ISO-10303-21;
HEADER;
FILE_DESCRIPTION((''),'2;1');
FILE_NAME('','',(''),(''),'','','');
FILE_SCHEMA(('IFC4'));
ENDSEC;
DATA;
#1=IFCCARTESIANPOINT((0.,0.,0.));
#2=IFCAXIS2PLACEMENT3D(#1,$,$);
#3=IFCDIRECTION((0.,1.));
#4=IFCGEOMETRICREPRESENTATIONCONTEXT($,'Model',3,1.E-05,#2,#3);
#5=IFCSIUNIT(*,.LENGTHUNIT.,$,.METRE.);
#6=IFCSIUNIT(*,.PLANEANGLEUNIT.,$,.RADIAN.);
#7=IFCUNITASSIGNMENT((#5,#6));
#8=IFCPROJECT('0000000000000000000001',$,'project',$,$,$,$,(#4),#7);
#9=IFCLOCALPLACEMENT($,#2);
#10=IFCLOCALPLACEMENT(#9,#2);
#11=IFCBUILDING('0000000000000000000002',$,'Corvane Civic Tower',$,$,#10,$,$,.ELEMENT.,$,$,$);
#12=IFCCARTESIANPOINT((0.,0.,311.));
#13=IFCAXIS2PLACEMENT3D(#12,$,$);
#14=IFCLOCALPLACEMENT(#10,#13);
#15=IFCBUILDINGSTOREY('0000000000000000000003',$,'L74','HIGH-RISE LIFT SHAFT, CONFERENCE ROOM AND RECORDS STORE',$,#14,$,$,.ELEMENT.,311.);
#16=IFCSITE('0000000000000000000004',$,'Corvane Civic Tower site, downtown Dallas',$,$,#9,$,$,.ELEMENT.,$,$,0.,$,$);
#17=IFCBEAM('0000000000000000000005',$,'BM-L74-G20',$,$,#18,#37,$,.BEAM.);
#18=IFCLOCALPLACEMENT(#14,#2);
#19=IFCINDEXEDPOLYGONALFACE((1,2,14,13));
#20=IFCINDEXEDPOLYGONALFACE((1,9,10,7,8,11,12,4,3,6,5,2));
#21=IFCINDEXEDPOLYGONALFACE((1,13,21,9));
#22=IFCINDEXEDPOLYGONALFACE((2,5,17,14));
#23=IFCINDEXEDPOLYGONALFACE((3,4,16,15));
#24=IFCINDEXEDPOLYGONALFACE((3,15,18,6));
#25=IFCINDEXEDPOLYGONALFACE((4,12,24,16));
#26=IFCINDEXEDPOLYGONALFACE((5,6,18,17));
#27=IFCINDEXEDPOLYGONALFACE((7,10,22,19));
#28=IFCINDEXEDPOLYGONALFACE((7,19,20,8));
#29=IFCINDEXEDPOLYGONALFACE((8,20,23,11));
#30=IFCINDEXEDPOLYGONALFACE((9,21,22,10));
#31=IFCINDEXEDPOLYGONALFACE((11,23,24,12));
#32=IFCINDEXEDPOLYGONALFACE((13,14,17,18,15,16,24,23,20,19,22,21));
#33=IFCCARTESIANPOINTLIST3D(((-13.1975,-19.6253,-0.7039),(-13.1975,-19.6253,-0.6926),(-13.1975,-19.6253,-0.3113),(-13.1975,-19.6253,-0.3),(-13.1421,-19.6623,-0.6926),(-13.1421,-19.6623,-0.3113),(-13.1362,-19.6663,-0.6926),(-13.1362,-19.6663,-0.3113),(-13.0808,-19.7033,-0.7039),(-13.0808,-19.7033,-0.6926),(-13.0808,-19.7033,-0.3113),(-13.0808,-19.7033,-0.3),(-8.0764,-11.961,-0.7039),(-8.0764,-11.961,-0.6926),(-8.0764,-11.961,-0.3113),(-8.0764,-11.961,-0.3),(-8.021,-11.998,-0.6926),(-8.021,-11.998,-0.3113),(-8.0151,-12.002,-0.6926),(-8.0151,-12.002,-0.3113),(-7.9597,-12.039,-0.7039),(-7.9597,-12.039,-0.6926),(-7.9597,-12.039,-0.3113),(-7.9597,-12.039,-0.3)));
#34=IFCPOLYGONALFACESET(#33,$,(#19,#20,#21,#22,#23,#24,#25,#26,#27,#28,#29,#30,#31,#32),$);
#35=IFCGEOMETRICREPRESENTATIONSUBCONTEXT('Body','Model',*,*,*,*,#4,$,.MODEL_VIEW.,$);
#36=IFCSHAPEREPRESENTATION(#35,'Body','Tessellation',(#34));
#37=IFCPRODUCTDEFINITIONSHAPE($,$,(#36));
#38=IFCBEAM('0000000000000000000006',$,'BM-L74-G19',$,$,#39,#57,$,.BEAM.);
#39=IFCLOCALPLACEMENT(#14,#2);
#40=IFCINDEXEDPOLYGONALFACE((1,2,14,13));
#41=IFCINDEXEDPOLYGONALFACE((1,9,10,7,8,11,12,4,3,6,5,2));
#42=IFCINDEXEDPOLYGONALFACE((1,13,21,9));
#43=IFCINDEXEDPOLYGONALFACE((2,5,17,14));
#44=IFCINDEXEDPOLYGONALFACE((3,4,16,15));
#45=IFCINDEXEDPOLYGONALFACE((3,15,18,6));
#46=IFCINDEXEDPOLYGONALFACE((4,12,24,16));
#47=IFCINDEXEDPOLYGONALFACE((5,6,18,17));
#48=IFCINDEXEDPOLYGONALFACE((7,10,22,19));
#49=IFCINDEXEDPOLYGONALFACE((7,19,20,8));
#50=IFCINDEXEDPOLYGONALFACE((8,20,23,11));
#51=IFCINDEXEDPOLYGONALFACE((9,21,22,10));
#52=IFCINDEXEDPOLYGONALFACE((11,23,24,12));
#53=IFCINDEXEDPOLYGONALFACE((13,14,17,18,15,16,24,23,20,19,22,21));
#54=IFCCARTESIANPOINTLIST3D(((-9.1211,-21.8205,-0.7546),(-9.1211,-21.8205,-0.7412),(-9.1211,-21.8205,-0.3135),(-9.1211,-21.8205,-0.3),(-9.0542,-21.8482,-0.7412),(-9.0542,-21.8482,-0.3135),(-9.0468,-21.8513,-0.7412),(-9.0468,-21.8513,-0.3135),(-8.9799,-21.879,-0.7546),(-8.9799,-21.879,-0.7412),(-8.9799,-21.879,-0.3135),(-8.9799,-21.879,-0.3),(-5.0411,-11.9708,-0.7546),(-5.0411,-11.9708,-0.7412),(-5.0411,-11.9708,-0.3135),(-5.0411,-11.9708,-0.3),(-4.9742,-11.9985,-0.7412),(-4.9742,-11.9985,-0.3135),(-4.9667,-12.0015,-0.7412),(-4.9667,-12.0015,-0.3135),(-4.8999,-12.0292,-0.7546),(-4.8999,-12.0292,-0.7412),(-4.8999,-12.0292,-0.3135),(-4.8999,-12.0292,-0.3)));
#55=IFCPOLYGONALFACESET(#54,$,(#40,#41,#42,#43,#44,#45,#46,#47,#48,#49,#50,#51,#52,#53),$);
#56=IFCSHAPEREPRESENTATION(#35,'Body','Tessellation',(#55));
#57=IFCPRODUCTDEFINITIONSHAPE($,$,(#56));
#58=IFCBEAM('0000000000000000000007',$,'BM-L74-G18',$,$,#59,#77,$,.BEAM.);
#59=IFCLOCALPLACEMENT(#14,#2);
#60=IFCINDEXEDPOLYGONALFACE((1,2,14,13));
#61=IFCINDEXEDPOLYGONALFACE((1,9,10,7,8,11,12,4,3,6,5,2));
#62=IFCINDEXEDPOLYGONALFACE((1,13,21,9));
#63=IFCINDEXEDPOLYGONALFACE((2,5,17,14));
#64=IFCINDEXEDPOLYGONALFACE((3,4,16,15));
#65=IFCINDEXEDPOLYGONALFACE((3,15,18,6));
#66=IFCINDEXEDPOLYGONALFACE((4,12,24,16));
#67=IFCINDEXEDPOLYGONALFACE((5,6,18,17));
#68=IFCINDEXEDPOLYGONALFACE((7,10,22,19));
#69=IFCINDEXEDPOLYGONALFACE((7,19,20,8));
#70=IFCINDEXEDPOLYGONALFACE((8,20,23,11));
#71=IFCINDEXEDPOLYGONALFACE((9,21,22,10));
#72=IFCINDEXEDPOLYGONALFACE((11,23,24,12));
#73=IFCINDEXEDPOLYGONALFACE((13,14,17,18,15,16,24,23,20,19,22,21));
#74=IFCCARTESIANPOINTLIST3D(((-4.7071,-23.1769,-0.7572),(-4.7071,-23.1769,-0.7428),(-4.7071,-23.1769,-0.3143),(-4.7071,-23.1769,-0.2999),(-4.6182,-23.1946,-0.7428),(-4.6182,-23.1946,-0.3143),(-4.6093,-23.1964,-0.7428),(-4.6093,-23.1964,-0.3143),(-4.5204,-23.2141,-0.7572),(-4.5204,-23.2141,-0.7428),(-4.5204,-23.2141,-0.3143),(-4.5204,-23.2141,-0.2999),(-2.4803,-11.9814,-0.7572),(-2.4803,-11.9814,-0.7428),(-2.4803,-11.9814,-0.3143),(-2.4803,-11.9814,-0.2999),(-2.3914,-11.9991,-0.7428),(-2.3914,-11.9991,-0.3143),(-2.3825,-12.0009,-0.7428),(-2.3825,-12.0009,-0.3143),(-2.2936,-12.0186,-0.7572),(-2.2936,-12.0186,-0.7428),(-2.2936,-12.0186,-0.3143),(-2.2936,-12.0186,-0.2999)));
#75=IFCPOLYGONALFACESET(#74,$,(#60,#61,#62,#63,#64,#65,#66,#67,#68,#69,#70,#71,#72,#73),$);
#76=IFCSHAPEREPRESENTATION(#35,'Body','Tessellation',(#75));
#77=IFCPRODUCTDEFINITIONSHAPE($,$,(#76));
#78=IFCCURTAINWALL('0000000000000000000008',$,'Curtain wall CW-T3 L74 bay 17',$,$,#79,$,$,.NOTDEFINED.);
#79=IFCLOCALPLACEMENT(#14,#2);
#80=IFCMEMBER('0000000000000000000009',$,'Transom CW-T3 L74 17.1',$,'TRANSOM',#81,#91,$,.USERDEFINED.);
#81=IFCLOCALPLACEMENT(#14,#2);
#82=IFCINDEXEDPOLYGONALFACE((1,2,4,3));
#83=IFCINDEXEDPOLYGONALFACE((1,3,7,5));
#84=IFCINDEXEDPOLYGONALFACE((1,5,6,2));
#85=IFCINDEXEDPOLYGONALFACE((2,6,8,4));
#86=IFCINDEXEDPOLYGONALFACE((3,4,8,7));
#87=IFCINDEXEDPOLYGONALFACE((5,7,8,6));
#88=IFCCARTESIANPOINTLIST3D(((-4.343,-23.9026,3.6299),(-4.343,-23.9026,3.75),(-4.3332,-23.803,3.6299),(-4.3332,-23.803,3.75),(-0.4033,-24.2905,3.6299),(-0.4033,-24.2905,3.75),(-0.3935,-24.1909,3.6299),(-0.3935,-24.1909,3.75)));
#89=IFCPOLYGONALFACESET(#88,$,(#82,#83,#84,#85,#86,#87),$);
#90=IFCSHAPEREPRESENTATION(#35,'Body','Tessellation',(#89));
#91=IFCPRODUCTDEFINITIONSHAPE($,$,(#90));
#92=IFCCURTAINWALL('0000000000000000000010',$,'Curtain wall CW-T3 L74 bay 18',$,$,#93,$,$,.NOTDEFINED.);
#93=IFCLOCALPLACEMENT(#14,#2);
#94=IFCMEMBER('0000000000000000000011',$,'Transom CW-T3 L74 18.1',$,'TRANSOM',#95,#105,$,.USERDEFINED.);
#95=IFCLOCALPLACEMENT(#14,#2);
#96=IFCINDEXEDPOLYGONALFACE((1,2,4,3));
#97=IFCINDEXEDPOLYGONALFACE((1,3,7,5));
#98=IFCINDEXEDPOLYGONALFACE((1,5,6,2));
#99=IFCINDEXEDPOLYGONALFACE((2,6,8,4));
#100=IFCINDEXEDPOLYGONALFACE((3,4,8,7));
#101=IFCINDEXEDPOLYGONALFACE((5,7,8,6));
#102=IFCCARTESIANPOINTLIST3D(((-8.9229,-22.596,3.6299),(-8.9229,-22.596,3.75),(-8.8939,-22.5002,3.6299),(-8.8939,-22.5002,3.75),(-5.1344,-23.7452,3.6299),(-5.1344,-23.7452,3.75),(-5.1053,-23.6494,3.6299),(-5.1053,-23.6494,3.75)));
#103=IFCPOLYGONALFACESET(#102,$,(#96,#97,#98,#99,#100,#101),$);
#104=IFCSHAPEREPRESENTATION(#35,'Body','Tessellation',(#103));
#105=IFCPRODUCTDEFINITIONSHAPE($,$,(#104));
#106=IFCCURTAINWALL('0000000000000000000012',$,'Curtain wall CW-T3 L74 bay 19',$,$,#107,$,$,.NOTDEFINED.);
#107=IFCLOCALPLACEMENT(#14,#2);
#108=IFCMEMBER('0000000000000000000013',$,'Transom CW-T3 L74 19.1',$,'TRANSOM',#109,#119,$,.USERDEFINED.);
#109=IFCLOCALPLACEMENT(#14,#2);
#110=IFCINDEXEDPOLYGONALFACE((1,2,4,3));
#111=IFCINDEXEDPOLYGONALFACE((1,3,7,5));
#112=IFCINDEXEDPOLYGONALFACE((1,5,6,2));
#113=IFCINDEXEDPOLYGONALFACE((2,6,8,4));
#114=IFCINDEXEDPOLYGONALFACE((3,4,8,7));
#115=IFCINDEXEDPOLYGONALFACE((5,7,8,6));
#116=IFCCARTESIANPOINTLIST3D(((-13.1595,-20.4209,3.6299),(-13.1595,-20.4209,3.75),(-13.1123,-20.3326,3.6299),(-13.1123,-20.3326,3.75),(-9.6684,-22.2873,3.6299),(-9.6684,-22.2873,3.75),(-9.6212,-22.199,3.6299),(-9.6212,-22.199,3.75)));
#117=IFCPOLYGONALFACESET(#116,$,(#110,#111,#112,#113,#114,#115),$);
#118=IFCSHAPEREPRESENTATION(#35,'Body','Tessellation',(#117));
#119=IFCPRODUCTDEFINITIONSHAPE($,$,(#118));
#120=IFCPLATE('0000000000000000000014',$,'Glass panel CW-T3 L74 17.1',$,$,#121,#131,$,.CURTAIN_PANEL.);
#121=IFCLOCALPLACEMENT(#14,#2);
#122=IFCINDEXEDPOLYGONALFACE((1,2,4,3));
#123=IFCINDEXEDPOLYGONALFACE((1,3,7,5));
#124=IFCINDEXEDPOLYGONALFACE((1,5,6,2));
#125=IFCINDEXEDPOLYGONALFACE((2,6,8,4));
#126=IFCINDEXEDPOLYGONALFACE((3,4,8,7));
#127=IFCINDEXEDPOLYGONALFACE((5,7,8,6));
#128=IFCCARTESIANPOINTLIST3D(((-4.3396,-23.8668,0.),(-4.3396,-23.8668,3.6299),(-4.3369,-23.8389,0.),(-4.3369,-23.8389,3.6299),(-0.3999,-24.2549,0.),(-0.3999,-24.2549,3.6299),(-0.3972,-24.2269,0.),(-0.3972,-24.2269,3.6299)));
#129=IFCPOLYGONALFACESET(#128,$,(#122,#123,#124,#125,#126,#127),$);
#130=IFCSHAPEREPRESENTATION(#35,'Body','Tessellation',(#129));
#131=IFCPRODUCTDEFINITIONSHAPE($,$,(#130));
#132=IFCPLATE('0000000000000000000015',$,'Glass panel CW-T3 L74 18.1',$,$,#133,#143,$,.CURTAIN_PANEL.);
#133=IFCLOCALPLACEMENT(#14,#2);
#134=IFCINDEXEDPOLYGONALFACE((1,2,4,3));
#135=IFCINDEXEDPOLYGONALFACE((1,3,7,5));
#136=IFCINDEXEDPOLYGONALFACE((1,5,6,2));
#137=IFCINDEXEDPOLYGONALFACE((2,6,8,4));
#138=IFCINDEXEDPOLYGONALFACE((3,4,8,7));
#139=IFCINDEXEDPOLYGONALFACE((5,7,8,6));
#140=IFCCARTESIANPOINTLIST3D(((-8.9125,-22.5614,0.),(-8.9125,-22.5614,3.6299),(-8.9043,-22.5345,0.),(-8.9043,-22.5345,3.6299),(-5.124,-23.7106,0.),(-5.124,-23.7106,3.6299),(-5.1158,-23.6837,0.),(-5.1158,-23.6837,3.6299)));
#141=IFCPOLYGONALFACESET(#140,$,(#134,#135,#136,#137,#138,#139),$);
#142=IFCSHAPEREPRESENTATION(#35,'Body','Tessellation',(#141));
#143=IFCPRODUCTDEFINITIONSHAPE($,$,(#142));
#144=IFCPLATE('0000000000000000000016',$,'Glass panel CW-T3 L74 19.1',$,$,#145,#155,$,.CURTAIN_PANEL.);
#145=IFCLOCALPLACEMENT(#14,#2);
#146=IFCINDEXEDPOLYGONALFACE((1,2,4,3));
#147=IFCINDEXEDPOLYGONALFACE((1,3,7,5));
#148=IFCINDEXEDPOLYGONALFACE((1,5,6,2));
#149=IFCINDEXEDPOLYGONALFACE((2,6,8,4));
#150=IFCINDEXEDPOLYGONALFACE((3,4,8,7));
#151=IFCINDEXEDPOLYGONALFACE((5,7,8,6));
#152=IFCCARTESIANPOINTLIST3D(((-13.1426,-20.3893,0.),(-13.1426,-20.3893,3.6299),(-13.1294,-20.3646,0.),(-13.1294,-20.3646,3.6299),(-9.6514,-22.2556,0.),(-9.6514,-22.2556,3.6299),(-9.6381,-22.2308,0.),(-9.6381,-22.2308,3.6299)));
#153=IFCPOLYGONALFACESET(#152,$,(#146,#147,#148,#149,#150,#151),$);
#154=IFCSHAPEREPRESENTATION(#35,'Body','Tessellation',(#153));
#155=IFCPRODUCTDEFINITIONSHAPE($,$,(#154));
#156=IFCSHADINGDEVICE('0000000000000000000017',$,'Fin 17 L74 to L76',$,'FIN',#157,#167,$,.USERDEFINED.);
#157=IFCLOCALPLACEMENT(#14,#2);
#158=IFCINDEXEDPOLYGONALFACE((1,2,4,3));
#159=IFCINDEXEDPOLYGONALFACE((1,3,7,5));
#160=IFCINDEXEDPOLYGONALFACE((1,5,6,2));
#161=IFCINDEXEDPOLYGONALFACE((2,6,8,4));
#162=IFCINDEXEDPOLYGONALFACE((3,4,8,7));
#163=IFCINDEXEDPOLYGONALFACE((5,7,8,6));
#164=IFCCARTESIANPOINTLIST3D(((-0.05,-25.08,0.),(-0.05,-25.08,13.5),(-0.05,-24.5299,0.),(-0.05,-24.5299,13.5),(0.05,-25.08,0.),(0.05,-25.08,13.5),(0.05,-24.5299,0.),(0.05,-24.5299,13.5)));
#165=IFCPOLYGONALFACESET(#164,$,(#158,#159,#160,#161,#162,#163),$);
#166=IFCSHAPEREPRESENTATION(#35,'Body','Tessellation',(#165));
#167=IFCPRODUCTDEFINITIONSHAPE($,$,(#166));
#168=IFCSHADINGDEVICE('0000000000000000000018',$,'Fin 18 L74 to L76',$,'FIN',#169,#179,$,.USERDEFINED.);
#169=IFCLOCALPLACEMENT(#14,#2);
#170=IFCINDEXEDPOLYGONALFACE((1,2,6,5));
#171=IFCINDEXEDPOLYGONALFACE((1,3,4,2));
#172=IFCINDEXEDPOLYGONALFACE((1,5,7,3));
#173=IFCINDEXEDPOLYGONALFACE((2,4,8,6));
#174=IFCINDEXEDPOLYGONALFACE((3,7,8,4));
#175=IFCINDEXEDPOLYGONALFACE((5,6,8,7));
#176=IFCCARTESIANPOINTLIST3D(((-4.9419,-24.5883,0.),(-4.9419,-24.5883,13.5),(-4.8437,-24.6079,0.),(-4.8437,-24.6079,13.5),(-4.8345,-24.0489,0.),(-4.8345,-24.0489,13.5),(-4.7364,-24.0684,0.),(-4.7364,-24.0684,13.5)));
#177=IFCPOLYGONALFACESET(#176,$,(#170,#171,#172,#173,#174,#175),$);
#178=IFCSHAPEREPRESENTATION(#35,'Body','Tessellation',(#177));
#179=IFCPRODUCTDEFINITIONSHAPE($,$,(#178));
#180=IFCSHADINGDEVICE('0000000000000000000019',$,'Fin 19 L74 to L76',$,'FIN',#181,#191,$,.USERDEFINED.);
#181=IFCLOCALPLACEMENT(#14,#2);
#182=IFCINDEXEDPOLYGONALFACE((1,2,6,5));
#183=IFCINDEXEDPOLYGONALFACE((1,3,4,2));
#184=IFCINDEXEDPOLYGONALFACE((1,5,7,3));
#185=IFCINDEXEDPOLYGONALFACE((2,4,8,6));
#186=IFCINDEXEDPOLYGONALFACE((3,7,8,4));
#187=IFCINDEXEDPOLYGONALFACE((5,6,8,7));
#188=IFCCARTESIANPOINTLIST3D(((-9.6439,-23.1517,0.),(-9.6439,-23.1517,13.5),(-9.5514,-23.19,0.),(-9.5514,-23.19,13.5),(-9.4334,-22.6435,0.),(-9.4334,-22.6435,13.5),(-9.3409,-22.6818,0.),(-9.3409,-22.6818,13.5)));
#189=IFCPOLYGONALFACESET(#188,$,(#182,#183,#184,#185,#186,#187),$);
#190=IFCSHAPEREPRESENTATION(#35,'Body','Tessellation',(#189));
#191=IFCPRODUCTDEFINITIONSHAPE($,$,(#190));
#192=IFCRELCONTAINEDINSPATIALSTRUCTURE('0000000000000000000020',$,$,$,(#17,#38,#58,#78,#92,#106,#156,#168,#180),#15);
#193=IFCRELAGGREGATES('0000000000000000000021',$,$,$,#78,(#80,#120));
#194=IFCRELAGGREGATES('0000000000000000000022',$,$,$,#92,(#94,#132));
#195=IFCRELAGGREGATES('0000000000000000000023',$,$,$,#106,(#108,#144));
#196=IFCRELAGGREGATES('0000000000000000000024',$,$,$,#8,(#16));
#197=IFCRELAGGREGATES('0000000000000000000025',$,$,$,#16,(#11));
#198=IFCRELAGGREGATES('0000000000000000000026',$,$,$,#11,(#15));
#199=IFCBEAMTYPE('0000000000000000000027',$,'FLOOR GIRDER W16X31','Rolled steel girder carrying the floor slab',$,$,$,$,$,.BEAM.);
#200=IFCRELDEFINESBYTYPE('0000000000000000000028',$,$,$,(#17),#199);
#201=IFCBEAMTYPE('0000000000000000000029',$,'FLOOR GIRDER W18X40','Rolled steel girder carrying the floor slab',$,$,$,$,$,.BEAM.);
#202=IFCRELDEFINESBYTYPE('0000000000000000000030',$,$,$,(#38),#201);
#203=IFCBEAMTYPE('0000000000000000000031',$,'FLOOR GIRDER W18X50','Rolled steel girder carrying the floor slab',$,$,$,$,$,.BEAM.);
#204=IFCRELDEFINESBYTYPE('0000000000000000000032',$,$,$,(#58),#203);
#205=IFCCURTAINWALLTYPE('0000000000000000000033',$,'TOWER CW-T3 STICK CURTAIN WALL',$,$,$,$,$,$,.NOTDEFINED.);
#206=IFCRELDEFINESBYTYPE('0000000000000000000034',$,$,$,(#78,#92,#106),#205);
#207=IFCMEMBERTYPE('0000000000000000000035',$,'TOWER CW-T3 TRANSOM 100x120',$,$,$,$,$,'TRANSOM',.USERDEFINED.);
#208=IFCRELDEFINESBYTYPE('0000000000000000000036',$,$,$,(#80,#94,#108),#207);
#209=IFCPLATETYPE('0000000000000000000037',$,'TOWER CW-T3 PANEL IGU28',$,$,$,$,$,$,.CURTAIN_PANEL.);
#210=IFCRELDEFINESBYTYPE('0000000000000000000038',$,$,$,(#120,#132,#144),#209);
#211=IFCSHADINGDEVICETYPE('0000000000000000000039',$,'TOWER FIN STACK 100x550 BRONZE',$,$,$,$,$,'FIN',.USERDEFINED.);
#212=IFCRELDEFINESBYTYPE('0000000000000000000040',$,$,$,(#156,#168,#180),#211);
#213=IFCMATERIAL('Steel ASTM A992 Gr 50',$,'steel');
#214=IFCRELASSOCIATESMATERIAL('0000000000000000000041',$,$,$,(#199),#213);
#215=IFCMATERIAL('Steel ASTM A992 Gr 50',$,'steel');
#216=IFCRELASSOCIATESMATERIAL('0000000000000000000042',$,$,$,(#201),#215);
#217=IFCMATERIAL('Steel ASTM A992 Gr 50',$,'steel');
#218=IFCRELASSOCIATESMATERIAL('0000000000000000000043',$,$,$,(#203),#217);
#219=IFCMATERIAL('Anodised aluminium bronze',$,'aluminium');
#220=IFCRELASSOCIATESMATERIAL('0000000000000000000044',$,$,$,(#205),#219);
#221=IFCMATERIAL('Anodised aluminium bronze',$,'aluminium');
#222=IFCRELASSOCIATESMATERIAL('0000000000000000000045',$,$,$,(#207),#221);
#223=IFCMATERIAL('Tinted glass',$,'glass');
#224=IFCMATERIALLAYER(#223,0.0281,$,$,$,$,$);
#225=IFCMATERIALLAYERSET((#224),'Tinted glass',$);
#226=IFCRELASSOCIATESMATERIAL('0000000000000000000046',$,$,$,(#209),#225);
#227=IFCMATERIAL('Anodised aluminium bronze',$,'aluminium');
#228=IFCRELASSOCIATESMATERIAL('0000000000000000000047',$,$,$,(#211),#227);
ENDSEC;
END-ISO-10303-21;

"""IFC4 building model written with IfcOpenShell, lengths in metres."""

from ifc_helpers import new_model, si_unit, direction, frame, origin, origin_2d, place, context, subcontext, project, spatial, rectangle, i_section, extrude, material, layer, layer_set, material_profile, profile_set, type_object, element, aggregate, save


model = new_model("IFC4")

# Units and contexts
model_context = context("Model", 3, precision=1e-05, world=origin(), true_north=direction((0.0, 1.0)))
body_context = subcontext(model_context, "Body", "Model", "MODEL_VIEW")
ifc_project = project(units=[si_unit("LENGTHUNIT", "METRE"), si_unit("PLANEANGLEUNIT", "RADIAN")], contexts=[model_context])

# Site, building, storey
site_placement = place(None, origin())
site = spatial("IfcSite", under=ifc_project, at=site_placement, Name="Corvane Civic Tower site, downtown Dallas", CompositionType="ELEMENT", RefElevation=0.0)
building_placement = place(site_placement, origin())
building = spatial("IfcBuilding", under=site, at=building_placement, Name="Corvane Civic Tower", CompositionType="ELEMENT")
storey_placement = place(building_placement, frame((0.0, 0.0, 311.0)))
storey = spatial("IfcBuildingStorey", under=building, at=storey_placement, Name="L74", Description="HIGH-RISE LIFT SHAFT, CONFERENCE ROOM AND RECORDS STORE", CompositionType="ELEMENT", Elevation=311.0)

# Beams
ifc_material_1 = material(Name="Steel ASTM A992 Gr 50", Category="steel")
ifc_material_profile_1 = material_profile(ifc_material_1, i_section(OverallWidth=0.1404, OverallDepth=0.4038, WebThickness=0.0071, FlangeThickness=0.0112, at=origin_2d()), Name="W16X31")
ifc_profile_set_1 = profile_set([ifc_material_profile_1], Name="Steel ASTM A992 Gr 50")
beam_type_1 = type_object("IfcBeamType", Name="FLOOR GIRDER W16X31", Description="Rolled steel girder carrying the floor slab", PredefinedType="BEAM", material=ifc_profile_set_1)
beam_1_placement = place(storey_placement, frame((-8.0181, -12.0, -0.502), z_axis=(-0.555568, -0.831471, 0.0), x_axis=(0.831471, -0.555568, 0.0)))
element("IfcBeam", 1, at=beam_1_placement, inside=storey, type_object=beam_type_1, Name="BM-L74-G20", PredefinedType="BEAM", context=body_context, shape_type="SweptSolid", body=[
    extrude(i_section(OverallWidth=0.1404, OverallDepth=0.4038, WebThickness=0.0071, FlangeThickness=0.0112, at=origin_2d()), origin(), (0.0, 0.0, 1.0), 9.2178),
])
ifc_material_2 = material(Name="Steel ASTM A992 Gr 50", Category="steel")
ifc_material_profile_2 = material_profile(ifc_material_2, i_section(OverallWidth=0.1528, OverallDepth=0.4546, WebThickness=0.0081, FlangeThickness=0.0134, at=origin_2d()), Name="W18X40")
ifc_profile_set_2 = profile_set([ifc_material_profile_2], Name="Steel ASTM A992 Gr 50")
beam_type_2 = type_object("IfcBeamType", Name="FLOOR GIRDER W18X40", Description="Rolled steel girder carrying the floor slab", PredefinedType="BEAM", material=ifc_profile_set_2)
beam_2_placement = place(storey_placement, frame((-4.9705, -12.0, -0.5273), z_axis=(-0.382694, -0.923875, 0.0), x_axis=(0.923875, -0.382694, 0.0)))
element("IfcBeam", 2, at=beam_2_placement, inside=storey, type_object=beam_type_2, Name="BM-L74-G19", PredefinedType="BEAM", context=body_context, shape_type="SweptSolid", body=[
    extrude(i_section(OverallWidth=0.1528, OverallDepth=0.4546, WebThickness=0.0081, FlangeThickness=0.0134, at=origin_2d()), origin(), (0.0, 0.0, 1.0), 10.6614),
])
ifc_material_3 = material(Name="Steel ASTM A992 Gr 50", Category="steel")
ifc_material_profile_3 = material_profile(ifc_material_3, i_section(OverallWidth=0.1904, OverallDepth=0.4573, WebThickness=0.009, FlangeThickness=0.0144, at=origin_2d()), Name="W18X50")
ifc_profile_set_3 = profile_set([ifc_material_profile_3], Name="Steel ASTM A992 Gr 50")
beam_type_3 = type_object("IfcBeamType", Name="FLOOR GIRDER W18X50", Description="Rolled steel girder carrying the floor slab", PredefinedType="BEAM", material=ifc_profile_set_3)
beam_3_placement = place(storey_placement, frame((-2.387, -12.0, -0.5286), z_axis=(-0.19508, -0.980787, 0.0), x_axis=(0.980787, -0.19508, 0.0)))
element("IfcBeam", 3, at=beam_3_placement, inside=storey, type_object=beam_type_3, Name="BM-L74-G18", PredefinedType="BEAM", context=body_context, shape_type="SweptSolid", body=[
    extrude(i_section(OverallWidth=0.1904, OverallDepth=0.4573, WebThickness=0.009, FlangeThickness=0.0144, at=origin_2d()), origin(), (0.0, 0.0, 1.0), 11.4148),
])

# Curtain walls, members
ifc_material_4 = material(Name="Anodised aluminium bronze", Category="aluminium")
curtain_wall_type = type_object("IfcCurtainWallType", Name="TOWER CW-T3 STICK CURTAIN WALL", PredefinedType="NOTDEFINED", material=ifc_material_4)
curtain_wall_1_placement = place(storey_placement, origin())
curtain_wall_1 = element("IfcCurtainWall", 4, at=curtain_wall_1_placement, inside=storey, type_object=curtain_wall_type, Name="Curtain wall CW-T3 L74 bay 17", PredefinedType="NOTDEFINED")
ifc_material_5 = material(Name="Anodised aluminium bronze", Category="aluminium")
ifc_material_profile_4 = material_profile(ifc_material_5, rectangle(XDim=0.1001, YDim=0.1201, at=origin_2d()), Name="TOWER CW-T3 TRANSOM 100x120")
ifc_profile_set_4 = profile_set([ifc_material_profile_4], Name="Anodised aluminium bronze")
member_type = type_object("IfcMemberType", Name="TOWER CW-T3 TRANSOM 100x120", ElementType="TRANSOM", PredefinedType="USERDEFINED", material=ifc_profile_set_4)
member_1_placement = place(storey_placement, frame((-0.3984, -24.2407, 3.6899), z_axis=(-0.995187, 0.097995, 0.0), x_axis=(-0.097995, -0.995187, 0.0)))
member_1 = element("IfcMember", 5, at=member_1_placement, type_object=member_type, Name="Transom CW-T3 L74 17.1", ObjectType="TRANSOM", PredefinedType="USERDEFINED", context=body_context, shape_type="SweptSolid", body=[
    extrude(rectangle(XDim=0.1001, YDim=0.1201, at=origin_2d()), origin(), (0.0, 0.0, 1.0), 3.9587),
])
curtain_wall_2_placement = place(storey_placement, origin())
curtain_wall_2 = element("IfcCurtainWall", 6, at=curtain_wall_2_placement, inside=storey, type_object=curtain_wall_type, Name="Curtain wall CW-T3 L74 bay 18", PredefinedType="NOTDEFINED")
member_2_placement = place(storey_placement, frame((-5.1199, -23.6973, 3.6899), z_axis=(-0.956946, 0.290266, 0.0), x_axis=(-0.290266, -0.956946, 0.0)))
member_2 = element("IfcMember", 7, at=member_2_placement, type_object=member_type, Name="Transom CW-T3 L74 18.1", ObjectType="TRANSOM", PredefinedType="USERDEFINED", context=body_context, shape_type="SweptSolid", body=[
    extrude(rectangle(XDim=0.1001, YDim=0.1201, at=origin_2d()), origin(), (0.0, 0.0, 1.0), 3.959),
])
curtain_wall_3_placement = place(storey_placement, origin())
curtain_wall_3 = element("IfcCurtainWall", 8, at=curtain_wall_3_placement, inside=storey, type_object=curtain_wall_type, Name="Curtain wall CW-T3 L74 bay 19", PredefinedType="NOTDEFINED")
member_3_placement = place(storey_placement, frame((-9.6448, -22.2432, 3.6899), z_axis=(-0.881883, 0.471468, 0.0), x_axis=(-0.471468, -0.881883, 0.0)))
member_3 = element("IfcMember", 9, at=member_3_placement, type_object=member_type, Name="Transom CW-T3 L74 19.1", ObjectType="TRANSOM", PredefinedType="USERDEFINED", context=body_context, shape_type="SweptSolid", body=[
    extrude(rectangle(XDim=0.1001, YDim=0.1201, at=origin_2d()), origin(), (0.0, 0.0, 1.0), 3.9587),
])

# Plates
ifc_material_6 = material(Name="Tinted glass", Category="glass")
ifc_layer = layer(ifc_material_6, 0.0281)
ifc_layer_set = layer_set([ifc_layer], Name="Tinted glass")
plate_type = type_object("IfcPlateType", Name="TOWER CW-T3 PANEL IGU28", PredefinedType="CURTAIN_PANEL", material=ifc_layer_set)
plate_1_placement = place(storey_placement, frame((-2.3684, -24.0469, 0.0), z_axis=(0.0, 0.0, 1.0), x_axis=(-0.995184, 0.098021, 0.0)))
plate_1 = element("IfcPlate", 10, at=plate_1_placement, type_object=plate_type, Name="Glass panel CW-T3 L74 17.1", PredefinedType="CURTAIN_PANEL", context=body_context, shape_type="SweptSolid", body=[
    extrude(rectangle(XDim=3.9587, YDim=0.0281, at=origin_2d()), origin(), (0.0, 0.0, 1.0), 3.6299),
])
aggregate(curtain_wall_1, [member_1, plate_1])
plate_2_placement = place(storey_placement, frame((-7.0142, -23.1226, 0.0), z_axis=(0.0, 0.0, 1.0), x_axis=(-0.956944, 0.290274, 0.0)))
plate_2 = element("IfcPlate", 11, at=plate_2_placement, type_object=plate_type, Name="Glass panel CW-T3 L74 18.1", PredefinedType="CURTAIN_PANEL", context=body_context, shape_type="SweptSolid", body=[
    extrude(rectangle(XDim=3.959, YDim=0.0281, at=origin_2d()), origin(), (0.0, 0.0, 1.0), 3.6299),
])
aggregate(curtain_wall_2, [member_2, plate_2])
plate_3_placement = place(storey_placement, frame((-11.3904, -21.3101, 0.0), z_axis=(0.0, 0.0, 1.0), x_axis=(-0.881908, 0.471421, 0.0)))
plate_3 = element("IfcPlate", 12, at=plate_3_placement, type_object=plate_type, Name="Glass panel CW-T3 L74 19.1", PredefinedType="CURTAIN_PANEL", context=body_context, shape_type="SweptSolid", body=[
    extrude(rectangle(XDim=3.9587, YDim=0.0281, at=origin_2d()), origin(), (0.0, 0.0, 1.0), 3.6299),
])
aggregate(curtain_wall_3, [member_3, plate_3])

# Shading devices
ifc_material_7 = material(Name="Anodised aluminium bronze", Category="aluminium")
ifc_material_profile_5 = material_profile(ifc_material_7, rectangle(XDim=0.1001, YDim=0.55, at=origin_2d()), Name="TOWER FIN STACK 100x550 BRONZE")
ifc_profile_set_5 = profile_set([ifc_material_profile_5], Name="Anodised aluminium bronze")
shading_device_type = type_object("IfcShadingDeviceType", Name="TOWER FIN STACK 100x550 BRONZE", ElementType="FIN", PredefinedType="USERDEFINED", material=ifc_profile_set_5)
for number, where, z_axis, x_axis, name in (
    (13, (0.0, -24.8049, 0.0), (0.0, 0.0, 1.0), (-1.0, 0.0, 0.0), "Fin 17 L74 to L76"),
    (14, (-4.8391, -24.3284, 0.0), (0.0, 0.0, 1.0), (-0.980785, 0.19509, 0.0), "Fin 18 L74 to L76"),
    (15, (-9.4924, -22.9167, 0.0), (0.0, 0.0, 1.0), (-0.92388, 0.382683, 0.0), "Fin 19 L74 to L76"),
):
    element("IfcShadingDevice", number, at=place(storey_placement, frame(where, z_axis=z_axis, x_axis=x_axis)), inside=storey, type_object=shading_device_type, Name=name, ObjectType="FIN", PredefinedType="USERDEFINED", context=body_context, shape_type="SweptSolid", body=[
        extrude(rectangle(XDim=0.1001, YDim=0.55, at=origin_2d()), origin(), (0.0, 0.0, 1.0), 13.5),
    ])

save(model, "model.ifc")
